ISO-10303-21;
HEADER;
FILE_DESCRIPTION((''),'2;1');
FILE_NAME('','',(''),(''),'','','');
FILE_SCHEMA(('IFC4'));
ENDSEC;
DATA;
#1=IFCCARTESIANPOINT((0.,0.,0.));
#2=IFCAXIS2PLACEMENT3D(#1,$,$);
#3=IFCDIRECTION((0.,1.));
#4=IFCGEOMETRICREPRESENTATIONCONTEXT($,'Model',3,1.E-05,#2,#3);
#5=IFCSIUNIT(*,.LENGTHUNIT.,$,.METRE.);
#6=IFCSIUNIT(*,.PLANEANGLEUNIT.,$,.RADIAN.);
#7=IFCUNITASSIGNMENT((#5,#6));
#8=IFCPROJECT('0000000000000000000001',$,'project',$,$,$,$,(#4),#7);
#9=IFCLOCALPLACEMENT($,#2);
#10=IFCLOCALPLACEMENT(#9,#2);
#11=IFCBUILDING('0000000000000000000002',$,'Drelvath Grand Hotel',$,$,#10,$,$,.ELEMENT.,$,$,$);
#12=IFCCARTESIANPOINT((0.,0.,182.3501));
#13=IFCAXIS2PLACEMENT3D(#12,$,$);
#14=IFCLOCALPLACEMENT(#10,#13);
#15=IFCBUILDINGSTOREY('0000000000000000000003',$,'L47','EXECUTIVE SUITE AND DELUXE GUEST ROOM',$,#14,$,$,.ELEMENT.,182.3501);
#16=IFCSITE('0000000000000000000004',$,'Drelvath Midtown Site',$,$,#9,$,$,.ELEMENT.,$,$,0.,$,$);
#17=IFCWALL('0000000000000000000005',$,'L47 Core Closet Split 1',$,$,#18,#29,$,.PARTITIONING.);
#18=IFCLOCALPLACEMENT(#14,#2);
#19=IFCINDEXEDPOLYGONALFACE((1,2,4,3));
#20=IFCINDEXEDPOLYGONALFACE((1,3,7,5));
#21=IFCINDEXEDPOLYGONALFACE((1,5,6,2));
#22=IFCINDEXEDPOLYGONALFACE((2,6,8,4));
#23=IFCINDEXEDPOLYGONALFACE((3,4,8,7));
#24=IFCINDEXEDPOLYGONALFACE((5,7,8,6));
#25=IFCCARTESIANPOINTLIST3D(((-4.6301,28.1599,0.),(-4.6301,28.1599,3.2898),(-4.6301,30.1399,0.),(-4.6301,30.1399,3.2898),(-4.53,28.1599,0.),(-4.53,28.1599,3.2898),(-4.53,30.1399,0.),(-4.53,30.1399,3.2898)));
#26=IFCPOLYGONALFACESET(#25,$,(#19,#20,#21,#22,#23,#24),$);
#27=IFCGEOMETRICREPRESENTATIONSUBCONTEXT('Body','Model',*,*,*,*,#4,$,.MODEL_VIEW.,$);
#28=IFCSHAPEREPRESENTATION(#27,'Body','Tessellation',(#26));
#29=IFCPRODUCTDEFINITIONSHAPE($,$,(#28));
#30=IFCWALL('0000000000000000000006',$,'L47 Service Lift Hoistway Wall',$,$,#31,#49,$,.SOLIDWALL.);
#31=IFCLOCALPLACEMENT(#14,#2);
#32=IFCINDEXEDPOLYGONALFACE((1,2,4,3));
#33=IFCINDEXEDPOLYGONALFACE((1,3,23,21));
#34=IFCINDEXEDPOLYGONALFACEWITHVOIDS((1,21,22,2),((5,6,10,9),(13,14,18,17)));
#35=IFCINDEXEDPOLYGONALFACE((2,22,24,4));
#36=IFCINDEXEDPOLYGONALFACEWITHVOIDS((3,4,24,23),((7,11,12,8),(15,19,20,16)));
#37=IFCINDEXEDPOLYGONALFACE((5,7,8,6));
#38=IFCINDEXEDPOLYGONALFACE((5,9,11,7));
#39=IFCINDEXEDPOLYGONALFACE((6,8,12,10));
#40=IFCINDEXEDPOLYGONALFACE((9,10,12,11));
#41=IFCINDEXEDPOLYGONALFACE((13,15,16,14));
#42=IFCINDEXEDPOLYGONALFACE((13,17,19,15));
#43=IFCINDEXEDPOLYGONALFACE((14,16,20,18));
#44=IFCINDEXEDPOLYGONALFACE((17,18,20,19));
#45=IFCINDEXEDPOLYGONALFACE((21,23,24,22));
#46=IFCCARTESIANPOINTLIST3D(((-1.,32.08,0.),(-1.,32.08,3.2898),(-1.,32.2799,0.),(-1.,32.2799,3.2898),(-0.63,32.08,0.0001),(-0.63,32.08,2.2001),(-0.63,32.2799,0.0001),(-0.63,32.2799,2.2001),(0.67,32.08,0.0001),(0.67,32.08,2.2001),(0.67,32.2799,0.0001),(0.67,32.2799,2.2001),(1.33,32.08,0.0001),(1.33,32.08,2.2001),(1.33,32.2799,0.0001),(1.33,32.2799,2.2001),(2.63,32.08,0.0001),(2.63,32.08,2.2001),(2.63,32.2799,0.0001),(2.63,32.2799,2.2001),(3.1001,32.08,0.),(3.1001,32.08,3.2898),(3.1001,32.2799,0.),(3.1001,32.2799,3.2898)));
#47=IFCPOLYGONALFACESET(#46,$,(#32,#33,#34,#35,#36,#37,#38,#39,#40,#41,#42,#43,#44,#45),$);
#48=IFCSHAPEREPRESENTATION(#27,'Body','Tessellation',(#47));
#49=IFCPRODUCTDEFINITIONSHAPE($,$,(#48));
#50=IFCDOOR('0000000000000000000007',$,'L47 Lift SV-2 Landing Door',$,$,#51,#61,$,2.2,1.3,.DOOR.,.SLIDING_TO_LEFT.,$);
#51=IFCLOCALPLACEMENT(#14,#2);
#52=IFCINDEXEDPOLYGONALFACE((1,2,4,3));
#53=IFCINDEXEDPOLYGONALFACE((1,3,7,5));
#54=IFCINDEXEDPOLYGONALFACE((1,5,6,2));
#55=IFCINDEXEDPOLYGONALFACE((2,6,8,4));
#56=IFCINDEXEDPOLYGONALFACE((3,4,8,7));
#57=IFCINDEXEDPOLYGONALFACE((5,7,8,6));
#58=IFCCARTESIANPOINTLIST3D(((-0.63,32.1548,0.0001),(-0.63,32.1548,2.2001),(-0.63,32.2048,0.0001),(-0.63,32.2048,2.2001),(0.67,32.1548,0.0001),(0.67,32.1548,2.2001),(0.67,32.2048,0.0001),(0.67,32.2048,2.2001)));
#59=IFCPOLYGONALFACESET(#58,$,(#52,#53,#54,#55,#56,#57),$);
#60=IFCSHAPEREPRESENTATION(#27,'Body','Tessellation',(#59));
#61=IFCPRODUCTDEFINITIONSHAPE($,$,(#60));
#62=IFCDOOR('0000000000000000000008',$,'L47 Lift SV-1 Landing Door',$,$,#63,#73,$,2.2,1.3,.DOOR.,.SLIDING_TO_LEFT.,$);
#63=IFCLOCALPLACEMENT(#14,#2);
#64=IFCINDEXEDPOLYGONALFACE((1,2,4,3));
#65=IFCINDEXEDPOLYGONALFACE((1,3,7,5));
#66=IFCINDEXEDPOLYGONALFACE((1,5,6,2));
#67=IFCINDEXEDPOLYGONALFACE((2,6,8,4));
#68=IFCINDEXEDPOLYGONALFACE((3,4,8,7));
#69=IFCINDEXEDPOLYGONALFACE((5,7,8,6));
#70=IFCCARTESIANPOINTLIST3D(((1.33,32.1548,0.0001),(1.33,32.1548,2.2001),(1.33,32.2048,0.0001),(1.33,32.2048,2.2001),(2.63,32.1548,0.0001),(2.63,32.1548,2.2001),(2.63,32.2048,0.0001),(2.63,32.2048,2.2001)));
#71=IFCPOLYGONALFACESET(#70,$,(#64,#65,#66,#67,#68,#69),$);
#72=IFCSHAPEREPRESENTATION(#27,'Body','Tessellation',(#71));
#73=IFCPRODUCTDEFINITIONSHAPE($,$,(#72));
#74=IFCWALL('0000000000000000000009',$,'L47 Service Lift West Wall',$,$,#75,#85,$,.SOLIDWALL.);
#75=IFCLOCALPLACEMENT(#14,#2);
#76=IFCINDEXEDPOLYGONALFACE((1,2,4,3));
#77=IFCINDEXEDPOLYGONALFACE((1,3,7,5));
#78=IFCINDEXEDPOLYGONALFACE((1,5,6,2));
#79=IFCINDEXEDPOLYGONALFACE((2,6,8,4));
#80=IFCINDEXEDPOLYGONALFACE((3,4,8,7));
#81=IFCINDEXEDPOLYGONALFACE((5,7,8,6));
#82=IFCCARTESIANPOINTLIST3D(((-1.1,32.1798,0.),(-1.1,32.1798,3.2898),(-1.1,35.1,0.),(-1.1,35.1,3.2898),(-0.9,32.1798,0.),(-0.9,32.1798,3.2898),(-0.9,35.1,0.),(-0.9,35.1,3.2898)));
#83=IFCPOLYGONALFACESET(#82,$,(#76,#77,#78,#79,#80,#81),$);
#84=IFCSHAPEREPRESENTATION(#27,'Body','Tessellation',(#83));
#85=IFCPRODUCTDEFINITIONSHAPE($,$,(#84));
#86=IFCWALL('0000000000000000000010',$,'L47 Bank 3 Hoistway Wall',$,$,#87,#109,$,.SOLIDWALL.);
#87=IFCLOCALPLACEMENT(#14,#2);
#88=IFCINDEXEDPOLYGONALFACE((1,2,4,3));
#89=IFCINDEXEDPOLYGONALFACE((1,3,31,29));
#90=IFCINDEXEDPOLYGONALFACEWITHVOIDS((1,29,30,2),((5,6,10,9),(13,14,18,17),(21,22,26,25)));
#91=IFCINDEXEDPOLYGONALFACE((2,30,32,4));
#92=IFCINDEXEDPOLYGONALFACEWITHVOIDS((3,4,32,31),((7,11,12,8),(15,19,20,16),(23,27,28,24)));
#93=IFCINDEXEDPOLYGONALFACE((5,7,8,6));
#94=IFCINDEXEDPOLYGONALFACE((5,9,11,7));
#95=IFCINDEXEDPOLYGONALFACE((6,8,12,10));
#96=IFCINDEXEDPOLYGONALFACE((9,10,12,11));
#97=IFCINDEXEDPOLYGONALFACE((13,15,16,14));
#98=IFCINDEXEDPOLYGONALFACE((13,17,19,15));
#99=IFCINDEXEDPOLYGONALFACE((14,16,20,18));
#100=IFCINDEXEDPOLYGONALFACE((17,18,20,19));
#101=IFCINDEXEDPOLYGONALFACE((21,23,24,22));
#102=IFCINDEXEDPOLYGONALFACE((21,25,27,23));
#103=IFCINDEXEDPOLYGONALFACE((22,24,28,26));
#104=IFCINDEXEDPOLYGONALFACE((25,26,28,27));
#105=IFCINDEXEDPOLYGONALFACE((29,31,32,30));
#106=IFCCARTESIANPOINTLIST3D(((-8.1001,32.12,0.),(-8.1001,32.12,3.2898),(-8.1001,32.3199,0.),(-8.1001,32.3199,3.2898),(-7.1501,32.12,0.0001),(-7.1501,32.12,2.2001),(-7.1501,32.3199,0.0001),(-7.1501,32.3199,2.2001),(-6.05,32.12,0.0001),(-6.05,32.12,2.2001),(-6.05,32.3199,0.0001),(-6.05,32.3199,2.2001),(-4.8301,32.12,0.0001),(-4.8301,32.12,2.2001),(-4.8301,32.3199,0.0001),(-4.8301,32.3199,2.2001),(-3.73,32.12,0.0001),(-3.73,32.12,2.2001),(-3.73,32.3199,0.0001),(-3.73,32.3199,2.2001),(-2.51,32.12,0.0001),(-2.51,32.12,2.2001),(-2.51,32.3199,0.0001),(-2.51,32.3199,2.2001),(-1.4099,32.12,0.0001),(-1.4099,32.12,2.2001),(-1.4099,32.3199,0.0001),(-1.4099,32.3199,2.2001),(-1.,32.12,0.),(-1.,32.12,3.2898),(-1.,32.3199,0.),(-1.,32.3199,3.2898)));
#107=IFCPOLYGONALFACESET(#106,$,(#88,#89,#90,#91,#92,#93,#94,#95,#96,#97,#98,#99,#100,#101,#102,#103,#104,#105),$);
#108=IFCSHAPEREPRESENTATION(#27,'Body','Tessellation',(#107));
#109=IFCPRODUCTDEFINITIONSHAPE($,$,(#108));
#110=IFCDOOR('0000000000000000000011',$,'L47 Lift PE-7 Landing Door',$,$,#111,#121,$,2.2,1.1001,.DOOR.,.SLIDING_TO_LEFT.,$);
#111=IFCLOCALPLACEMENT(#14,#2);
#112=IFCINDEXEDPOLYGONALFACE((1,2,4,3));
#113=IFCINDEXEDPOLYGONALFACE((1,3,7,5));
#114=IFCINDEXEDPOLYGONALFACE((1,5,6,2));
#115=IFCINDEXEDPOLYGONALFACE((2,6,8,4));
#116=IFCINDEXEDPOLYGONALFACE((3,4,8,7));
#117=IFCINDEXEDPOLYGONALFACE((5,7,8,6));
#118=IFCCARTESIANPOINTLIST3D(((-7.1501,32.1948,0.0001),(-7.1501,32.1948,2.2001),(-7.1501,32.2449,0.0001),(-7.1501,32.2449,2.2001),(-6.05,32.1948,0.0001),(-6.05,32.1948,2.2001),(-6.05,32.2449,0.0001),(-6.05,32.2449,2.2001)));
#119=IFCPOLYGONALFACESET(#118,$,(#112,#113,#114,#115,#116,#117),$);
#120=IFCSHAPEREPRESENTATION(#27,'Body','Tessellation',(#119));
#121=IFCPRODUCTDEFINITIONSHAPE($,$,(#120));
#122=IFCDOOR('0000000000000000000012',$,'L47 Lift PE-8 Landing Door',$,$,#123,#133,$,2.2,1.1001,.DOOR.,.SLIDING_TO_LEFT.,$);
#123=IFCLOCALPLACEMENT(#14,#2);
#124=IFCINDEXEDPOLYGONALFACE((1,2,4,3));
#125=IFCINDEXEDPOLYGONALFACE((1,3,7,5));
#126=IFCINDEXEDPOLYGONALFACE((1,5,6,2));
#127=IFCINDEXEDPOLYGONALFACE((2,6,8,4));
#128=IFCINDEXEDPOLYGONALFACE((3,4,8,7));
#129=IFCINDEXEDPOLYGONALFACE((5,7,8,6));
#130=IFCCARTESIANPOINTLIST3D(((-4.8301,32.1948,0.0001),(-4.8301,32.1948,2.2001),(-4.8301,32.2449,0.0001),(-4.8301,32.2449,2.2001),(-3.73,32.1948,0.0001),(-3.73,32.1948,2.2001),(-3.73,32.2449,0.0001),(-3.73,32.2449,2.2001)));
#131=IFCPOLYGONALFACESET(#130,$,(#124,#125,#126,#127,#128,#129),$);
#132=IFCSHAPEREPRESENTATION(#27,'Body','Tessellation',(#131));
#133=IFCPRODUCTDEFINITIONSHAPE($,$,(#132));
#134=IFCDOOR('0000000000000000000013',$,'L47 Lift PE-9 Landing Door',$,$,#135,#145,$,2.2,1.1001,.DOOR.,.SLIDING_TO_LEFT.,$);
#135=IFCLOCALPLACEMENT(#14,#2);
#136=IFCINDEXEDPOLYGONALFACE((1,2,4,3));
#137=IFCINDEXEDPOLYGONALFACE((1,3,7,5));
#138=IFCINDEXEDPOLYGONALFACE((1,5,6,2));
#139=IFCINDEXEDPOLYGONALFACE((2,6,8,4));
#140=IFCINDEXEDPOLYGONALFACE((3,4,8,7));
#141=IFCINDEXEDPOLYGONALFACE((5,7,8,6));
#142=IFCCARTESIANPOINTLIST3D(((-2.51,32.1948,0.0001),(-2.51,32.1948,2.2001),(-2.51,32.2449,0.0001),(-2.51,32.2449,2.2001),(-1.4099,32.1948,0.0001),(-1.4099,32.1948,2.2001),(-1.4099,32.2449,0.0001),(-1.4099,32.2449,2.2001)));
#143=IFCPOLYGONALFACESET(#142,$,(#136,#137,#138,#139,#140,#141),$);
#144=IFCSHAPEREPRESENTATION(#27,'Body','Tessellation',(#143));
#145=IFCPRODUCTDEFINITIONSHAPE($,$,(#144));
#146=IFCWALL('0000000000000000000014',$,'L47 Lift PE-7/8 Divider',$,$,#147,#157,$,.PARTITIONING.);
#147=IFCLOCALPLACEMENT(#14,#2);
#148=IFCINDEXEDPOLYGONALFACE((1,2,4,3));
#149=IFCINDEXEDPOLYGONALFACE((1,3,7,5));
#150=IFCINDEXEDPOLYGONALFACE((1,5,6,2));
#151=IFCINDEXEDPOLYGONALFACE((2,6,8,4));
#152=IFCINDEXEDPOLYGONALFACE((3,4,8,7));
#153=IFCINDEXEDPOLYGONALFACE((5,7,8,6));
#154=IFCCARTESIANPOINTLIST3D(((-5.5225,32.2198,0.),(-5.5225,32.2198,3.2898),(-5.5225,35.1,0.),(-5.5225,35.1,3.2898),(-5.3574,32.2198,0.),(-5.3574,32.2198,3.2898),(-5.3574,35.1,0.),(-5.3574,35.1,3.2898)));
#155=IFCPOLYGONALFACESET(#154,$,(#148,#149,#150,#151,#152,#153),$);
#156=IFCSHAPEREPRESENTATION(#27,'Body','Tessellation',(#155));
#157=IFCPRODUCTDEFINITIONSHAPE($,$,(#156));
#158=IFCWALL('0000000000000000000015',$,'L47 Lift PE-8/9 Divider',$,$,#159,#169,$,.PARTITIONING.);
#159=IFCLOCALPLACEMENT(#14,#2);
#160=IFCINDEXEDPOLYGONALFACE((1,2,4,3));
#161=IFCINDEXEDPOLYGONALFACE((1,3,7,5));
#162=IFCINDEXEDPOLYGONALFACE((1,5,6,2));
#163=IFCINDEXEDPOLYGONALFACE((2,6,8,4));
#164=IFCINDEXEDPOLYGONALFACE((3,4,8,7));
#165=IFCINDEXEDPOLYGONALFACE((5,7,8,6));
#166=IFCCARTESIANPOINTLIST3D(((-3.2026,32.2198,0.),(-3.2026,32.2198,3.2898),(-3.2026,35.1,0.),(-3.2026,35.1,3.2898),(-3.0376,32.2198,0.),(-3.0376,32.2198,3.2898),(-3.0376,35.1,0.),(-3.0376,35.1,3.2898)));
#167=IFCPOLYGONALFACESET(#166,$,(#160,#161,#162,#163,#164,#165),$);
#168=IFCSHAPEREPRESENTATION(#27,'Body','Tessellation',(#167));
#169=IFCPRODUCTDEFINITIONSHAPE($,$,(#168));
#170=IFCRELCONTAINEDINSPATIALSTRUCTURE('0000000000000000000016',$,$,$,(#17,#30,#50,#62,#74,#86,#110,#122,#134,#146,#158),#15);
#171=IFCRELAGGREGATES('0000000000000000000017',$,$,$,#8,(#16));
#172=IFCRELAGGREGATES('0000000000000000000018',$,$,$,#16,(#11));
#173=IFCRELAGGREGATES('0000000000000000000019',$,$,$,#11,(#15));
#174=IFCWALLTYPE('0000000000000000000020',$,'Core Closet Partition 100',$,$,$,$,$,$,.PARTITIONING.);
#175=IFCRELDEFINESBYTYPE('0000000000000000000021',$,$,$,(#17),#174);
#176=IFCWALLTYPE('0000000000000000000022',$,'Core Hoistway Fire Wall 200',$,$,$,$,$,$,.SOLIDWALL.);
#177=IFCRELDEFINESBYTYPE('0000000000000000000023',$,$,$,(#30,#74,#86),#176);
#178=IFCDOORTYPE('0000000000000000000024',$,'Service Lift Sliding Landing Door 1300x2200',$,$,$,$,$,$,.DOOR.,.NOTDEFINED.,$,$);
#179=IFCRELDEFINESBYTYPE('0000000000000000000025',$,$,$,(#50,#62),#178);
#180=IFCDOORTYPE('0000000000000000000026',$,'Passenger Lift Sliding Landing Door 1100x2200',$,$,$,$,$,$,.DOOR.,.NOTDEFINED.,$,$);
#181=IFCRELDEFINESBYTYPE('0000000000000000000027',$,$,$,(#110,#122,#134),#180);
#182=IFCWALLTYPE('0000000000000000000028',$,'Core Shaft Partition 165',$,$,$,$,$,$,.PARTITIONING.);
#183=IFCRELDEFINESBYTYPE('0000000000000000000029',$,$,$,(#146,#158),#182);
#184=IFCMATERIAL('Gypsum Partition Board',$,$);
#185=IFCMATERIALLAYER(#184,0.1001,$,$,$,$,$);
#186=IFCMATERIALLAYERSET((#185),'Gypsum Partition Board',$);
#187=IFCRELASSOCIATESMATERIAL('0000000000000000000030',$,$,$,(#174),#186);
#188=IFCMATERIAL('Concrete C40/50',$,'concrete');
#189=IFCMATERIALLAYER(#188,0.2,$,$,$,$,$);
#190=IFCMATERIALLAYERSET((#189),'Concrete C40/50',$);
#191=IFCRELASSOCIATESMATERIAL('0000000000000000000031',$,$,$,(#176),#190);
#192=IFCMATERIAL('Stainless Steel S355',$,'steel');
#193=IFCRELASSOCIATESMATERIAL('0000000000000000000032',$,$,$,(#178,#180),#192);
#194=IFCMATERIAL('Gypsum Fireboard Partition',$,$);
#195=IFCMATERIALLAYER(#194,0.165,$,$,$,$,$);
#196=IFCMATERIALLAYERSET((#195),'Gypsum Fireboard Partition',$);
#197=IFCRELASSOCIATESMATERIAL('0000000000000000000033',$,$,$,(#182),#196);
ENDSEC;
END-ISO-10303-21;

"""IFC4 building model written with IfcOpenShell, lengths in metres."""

from ifc_helpers import new_model, si_unit, direction, frame, frame_2d, origin, place, context, subcontext, project, spatial, rectangle, extrude, material, layer, layer_set, type_object, element, fill, save


model = new_model("IFC4")

# Units and contexts
model_context = context("Model", 3, precision=1e-05, world=origin(), true_north=direction((0.0, 1.0)))
body_context = subcontext(model_context, "Body", "Model", "MODEL_VIEW")
ifc_project = project(units=[si_unit("LENGTHUNIT", "METRE"), si_unit("PLANEANGLEUNIT", "RADIAN")], contexts=[model_context])

# Site, building, storey
site_placement = place(None, origin())
site = spatial("IfcSite", under=ifc_project, at=site_placement, Name="Drelvath Midtown Site", CompositionType="ELEMENT", RefElevation=0.0)
building_placement = place(site_placement, origin())
building = spatial("IfcBuilding", under=site, at=building_placement, Name="Drelvath Grand Hotel", CompositionType="ELEMENT")
storey_placement = place(building_placement, frame((0.0, 0.0, 182.3501)))
storey = spatial("IfcBuildingStorey", under=building, at=storey_placement, Name="L47", Description="EXECUTIVE SUITE AND DELUXE GUEST ROOM", CompositionType="ELEMENT", Elevation=182.3501)

# Wall
ifc_material_1 = material(Name="Gypsum Partition Board")
ifc_layer_1 = layer(ifc_material_1, 0.1001)
ifc_layer_set_1 = layer_set([ifc_layer_1], Name="Gypsum Partition Board")
wall_type_1 = type_object("IfcWallType", Name="Core Closet Partition 100", PredefinedType="PARTITIONING", material=ifc_layer_set_1)
wall_1_placement = place(storey_placement, frame((-4.5801, 28.1599, 0.0), z_axis=(0.0, 0.0, 1.0), x_axis=(0.0, 1.0, 0.0)))
element("IfcWall", 1, at=wall_1_placement, inside=storey, type_object=wall_type_1, Name="L47 Core Closet Split 1", PredefinedType="PARTITIONING", context=body_context, shape_type="SweptSolid", body=[
    extrude(rectangle(XDim=1.98, YDim=0.1001, at=frame_2d((0.99, 0.0))), origin(), (0.0, 0.0, 1.0), 3.2898),
])

# Wall, openings, doors
ifc_material_2 = material(Name="Concrete C40/50", Category="concrete")
ifc_layer_2 = layer(ifc_material_2, 0.2)
ifc_layer_set_2 = layer_set([ifc_layer_2], Name="Concrete C40/50")
wall_type_2 = type_object("IfcWallType", Name="Core Hoistway Fire Wall 200", PredefinedType="SOLIDWALL", material=ifc_layer_set_2)
wall_2_placement = place(storey_placement, frame((-1.0, 32.1799, 0.0), z_axis=(0.0, 0.0, 1.0), x_axis=(1.0, 0.0, 0.0)))
wall_2 = element("IfcWall", 2, at=wall_2_placement, inside=storey, type_object=wall_type_2, Name="L47 Service Lift Hoistway Wall", PredefinedType="SOLIDWALL", context=body_context, shape_type="SweptSolid", body=[
    extrude(rectangle(XDim=4.1001, YDim=0.2, at=frame_2d((2.05, 0.0))), origin(), (0.0, 0.0, 1.0), 3.2898),
])
opening_1_placement = place(wall_2_placement, frame((0.3701, 0.0, 0.0)))
opening_1 = element("IfcOpeningElement", 3, at=opening_1_placement, cuts=wall_2, PredefinedType="OPENING", context=body_context, shape_type="SweptSolid", body=[
    extrude(rectangle(XDim=1.3, YDim=2.2, at=frame_2d((0.6499, 1.1001))), frame((0.0, 0.1099, 0.0), z_axis=(0.0, -1.0, 0.0), x_axis=(1.0, 0.0, 0.0)), (0.0, 0.0, 1.0), 0.22),
])
opening_2_placement = place(wall_2_placement, frame((2.3301, 0.0, 0.0)))
opening_2 = element("IfcOpeningElement", 4, at=opening_2_placement, cuts=wall_2, PredefinedType="OPENING", context=body_context, shape_type="SweptSolid", body=[
    extrude(rectangle(XDim=1.3, YDim=2.2, at=frame_2d((0.6499, 1.1001))), frame((0.0, 0.1099, 0.0), z_axis=(0.0, -1.0, 0.0), x_axis=(1.0, 0.0, 0.0)), (0.0, 0.0, 1.0), 0.22),
])
ifc_material_3 = material(Name="Stainless Steel S355", Category="steel")
door_type_1 = type_object("IfcDoorType", Name="Service Lift Sliding Landing Door 1300x2200", OperationType="NOTDEFINED", PredefinedType="DOOR", material=ifc_material_3)
door_1_placement = place(opening_1_placement, origin())
door_1 = element("IfcDoor", 5, at=door_1_placement, inside=storey, type_object=door_type_1, Name="L47 Lift SV-2 Landing Door", OperationType="SLIDING_TO_LEFT", OverallHeight=2.2, OverallWidth=1.3, PredefinedType="DOOR", context=body_context, shape_type="SweptSolid", body=[
    extrude(rectangle(XDim=1.3, YDim=2.2, at=frame_2d((0.6499, 1.1001))), frame((0.0, 0.0249, 0.0), z_axis=(0.0, -1.0, 0.0), x_axis=(1.0, 0.0, 0.0)), (0.0, 0.0, 1.0), 0.05),
])
fill(opening_1, door_1)
door_2_placement = place(opening_2_placement, origin())
door_2 = element("IfcDoor", 6, at=door_2_placement, inside=storey, type_object=door_type_1, Name="L47 Lift SV-1 Landing Door", OperationType="SLIDING_TO_LEFT", OverallHeight=2.2, OverallWidth=1.3, PredefinedType="DOOR", context=body_context, shape_type="SweptSolid", body=[
    extrude(rectangle(XDim=1.3, YDim=2.2, at=frame_2d((0.6499, 1.1001))), frame((0.0, 0.0249, 0.0), z_axis=(0.0, -1.0, 0.0), x_axis=(1.0, 0.0, 0.0)), (0.0, 0.0, 1.0), 0.05),
])
fill(opening_2, door_2)

# Wall
wall_3_placement = place(storey_placement, frame((-1.0, 32.1799, 0.0), z_axis=(0.0, 0.0, 1.0), x_axis=(0.0, 1.0, 0.0)))
element("IfcWall", 7, at=wall_3_placement, inside=storey, type_object=wall_type_2, Name="L47 Service Lift West Wall", PredefinedType="SOLIDWALL", context=body_context, shape_type="SweptSolid", body=[
    extrude(rectangle(XDim=2.9202, YDim=0.2, at=frame_2d((1.46, 0.0))), origin(), (0.0, 0.0, 1.0), 3.2898),
])

# Wall, openings, doors
wall_4_placement = place(storey_placement, frame((-8.1001, 32.22, 0.0), z_axis=(0.0, 0.0, 1.0), x_axis=(1.0, 0.0, 0.0)))
wall_4 = element("IfcWall", 8, at=wall_4_placement, inside=storey, type_object=wall_type_2, Name="L47 Bank 3 Hoistway Wall", PredefinedType="SOLIDWALL", context=body_context, shape_type="SweptSolid", body=[
    extrude(rectangle(XDim=7.1001, YDim=0.2, at=frame_2d((3.55, 0.0))), origin(), (0.0, 0.0, 1.0), 3.2898),
])
opening_3_placement = place(wall_4_placement, frame((0.95, 0.0, 0.0)))
opening_3 = element("IfcOpeningElement", 9, at=opening_3_placement, cuts=wall_4, PredefinedType="OPENING", context=body_context, shape_type="SweptSolid", body=[
    extrude(rectangle(XDim=1.1001, YDim=2.2, at=frame_2d((0.55, 1.1001))), frame((0.0, 0.1099, 0.0), z_axis=(0.0, -1.0, 0.0), x_axis=(1.0, 0.0, 0.0)), (0.0, 0.0, 1.0), 0.22),
])
opening_4_placement = place(wall_4_placement, frame((3.27, 0.0, 0.0)))
opening_4 = element("IfcOpeningElement", 10, at=opening_4_placement, cuts=wall_4, PredefinedType="OPENING", context=body_context, shape_type="SweptSolid", body=[
    extrude(rectangle(XDim=1.1001, YDim=2.2, at=frame_2d((0.55, 1.1001))), frame((0.0, 0.1099, 0.0), z_axis=(0.0, -1.0, 0.0), x_axis=(1.0, 0.0, 0.0)), (0.0, 0.0, 1.0), 0.22),
])
opening_5_placement = place(wall_4_placement, frame((5.5901, 0.0, 0.0)))
opening_5 = element("IfcOpeningElement", 11, at=opening_5_placement, cuts=wall_4, PredefinedType="OPENING", context=body_context, shape_type="SweptSolid", body=[
    extrude(rectangle(XDim=1.1001, YDim=2.2, at=frame_2d((0.55, 1.1001))), frame((0.0, 0.1099, 0.0), z_axis=(0.0, -1.0, 0.0), x_axis=(1.0, 0.0, 0.0)), (0.0, 0.0, 1.0), 0.22),
])
door_type_2 = type_object("IfcDoorType", Name="Passenger Lift Sliding Landing Door 1100x2200", OperationType="NOTDEFINED", PredefinedType="DOOR", material=ifc_material_3)
door_3_placement = place(opening_3_placement, origin())
door_3 = element("IfcDoor", 12, at=door_3_placement, inside=storey, type_object=door_type_2, Name="L47 Lift PE-7 Landing Door", OperationType="SLIDING_TO_LEFT", OverallHeight=2.2, OverallWidth=1.1001, PredefinedType="DOOR", context=body_context, shape_type="SweptSolid", body=[
    extrude(rectangle(XDim=1.1001, YDim=2.2, at=frame_2d((0.55, 1.1001))), frame((0.0, 0.0249, 0.0), z_axis=(0.0, -1.0, 0.0), x_axis=(1.0, 0.0, 0.0)), (0.0, 0.0, 1.0), 0.05),
])
fill(opening_3, door_3)
door_4_placement = place(opening_4_placement, origin())
door_4 = element("IfcDoor", 13, at=door_4_placement, inside=storey, type_object=door_type_2, Name="L47 Lift PE-8 Landing Door", OperationType="SLIDING_TO_LEFT", OverallHeight=2.2, OverallWidth=1.1001, PredefinedType="DOOR", context=body_context, shape_type="SweptSolid", body=[
    extrude(rectangle(XDim=1.1001, YDim=2.2, at=frame_2d((0.55, 1.1001))), frame((0.0, 0.0249, 0.0), z_axis=(0.0, -1.0, 0.0), x_axis=(1.0, 0.0, 0.0)), (0.0, 0.0, 1.0), 0.05),
])
fill(opening_4, door_4)
door_5_placement = place(opening_5_placement, origin())
door_5 = element("IfcDoor", 14, at=door_5_placement, inside=storey, type_object=door_type_2, Name="L47 Lift PE-9 Landing Door", OperationType="SLIDING_TO_LEFT", OverallHeight=2.2, OverallWidth=1.1001, PredefinedType="DOOR", context=body_context, shape_type="SweptSolid", body=[
    extrude(rectangle(XDim=1.1001, YDim=2.2, at=frame_2d((0.55, 1.1001))), frame((0.0, 0.0249, 0.0), z_axis=(0.0, -1.0, 0.0), x_axis=(1.0, 0.0, 0.0)), (0.0, 0.0, 1.0), 0.05),
])
fill(opening_5, door_5)

# Walls
ifc_material_4 = material(Name="Gypsum Fireboard Partition")
ifc_layer_3 = layer(ifc_material_4, 0.165)
ifc_layer_set_3 = layer_set([ifc_layer_3], Name="Gypsum Fireboard Partition")
wall_type_3 = type_object("IfcWallType", Name="Core Shaft Partition 165", PredefinedType="PARTITIONING", material=ifc_layer_set_3)
for number, where, z_axis, x_axis, name in (
    (15, (-5.4399, 32.22, 0.0), (0.0, 0.0, 1.0), (0.0, 1.0, 0.0), "L47 Lift PE-7/8 Divider"),
    (16, (-3.1201, 32.22, 0.0), (0.0, 0.0, 1.0), (0.0, 1.0, 0.0), "L47 Lift PE-8/9 Divider"),
):
    element("IfcWall", number, at=place(storey_placement, frame(where, z_axis=z_axis, x_axis=x_axis)), inside=storey, type_object=wall_type_3, Name=name, PredefinedType="PARTITIONING", context=body_context, shape_type="SweptSolid", body=[
        extrude(rectangle(XDim=2.8801, YDim=0.165, at=frame_2d((1.4399, 0.0))), origin(), (0.0, 0.0, 1.0), 3.2898),
    ])

save(model, "model.ifc")
